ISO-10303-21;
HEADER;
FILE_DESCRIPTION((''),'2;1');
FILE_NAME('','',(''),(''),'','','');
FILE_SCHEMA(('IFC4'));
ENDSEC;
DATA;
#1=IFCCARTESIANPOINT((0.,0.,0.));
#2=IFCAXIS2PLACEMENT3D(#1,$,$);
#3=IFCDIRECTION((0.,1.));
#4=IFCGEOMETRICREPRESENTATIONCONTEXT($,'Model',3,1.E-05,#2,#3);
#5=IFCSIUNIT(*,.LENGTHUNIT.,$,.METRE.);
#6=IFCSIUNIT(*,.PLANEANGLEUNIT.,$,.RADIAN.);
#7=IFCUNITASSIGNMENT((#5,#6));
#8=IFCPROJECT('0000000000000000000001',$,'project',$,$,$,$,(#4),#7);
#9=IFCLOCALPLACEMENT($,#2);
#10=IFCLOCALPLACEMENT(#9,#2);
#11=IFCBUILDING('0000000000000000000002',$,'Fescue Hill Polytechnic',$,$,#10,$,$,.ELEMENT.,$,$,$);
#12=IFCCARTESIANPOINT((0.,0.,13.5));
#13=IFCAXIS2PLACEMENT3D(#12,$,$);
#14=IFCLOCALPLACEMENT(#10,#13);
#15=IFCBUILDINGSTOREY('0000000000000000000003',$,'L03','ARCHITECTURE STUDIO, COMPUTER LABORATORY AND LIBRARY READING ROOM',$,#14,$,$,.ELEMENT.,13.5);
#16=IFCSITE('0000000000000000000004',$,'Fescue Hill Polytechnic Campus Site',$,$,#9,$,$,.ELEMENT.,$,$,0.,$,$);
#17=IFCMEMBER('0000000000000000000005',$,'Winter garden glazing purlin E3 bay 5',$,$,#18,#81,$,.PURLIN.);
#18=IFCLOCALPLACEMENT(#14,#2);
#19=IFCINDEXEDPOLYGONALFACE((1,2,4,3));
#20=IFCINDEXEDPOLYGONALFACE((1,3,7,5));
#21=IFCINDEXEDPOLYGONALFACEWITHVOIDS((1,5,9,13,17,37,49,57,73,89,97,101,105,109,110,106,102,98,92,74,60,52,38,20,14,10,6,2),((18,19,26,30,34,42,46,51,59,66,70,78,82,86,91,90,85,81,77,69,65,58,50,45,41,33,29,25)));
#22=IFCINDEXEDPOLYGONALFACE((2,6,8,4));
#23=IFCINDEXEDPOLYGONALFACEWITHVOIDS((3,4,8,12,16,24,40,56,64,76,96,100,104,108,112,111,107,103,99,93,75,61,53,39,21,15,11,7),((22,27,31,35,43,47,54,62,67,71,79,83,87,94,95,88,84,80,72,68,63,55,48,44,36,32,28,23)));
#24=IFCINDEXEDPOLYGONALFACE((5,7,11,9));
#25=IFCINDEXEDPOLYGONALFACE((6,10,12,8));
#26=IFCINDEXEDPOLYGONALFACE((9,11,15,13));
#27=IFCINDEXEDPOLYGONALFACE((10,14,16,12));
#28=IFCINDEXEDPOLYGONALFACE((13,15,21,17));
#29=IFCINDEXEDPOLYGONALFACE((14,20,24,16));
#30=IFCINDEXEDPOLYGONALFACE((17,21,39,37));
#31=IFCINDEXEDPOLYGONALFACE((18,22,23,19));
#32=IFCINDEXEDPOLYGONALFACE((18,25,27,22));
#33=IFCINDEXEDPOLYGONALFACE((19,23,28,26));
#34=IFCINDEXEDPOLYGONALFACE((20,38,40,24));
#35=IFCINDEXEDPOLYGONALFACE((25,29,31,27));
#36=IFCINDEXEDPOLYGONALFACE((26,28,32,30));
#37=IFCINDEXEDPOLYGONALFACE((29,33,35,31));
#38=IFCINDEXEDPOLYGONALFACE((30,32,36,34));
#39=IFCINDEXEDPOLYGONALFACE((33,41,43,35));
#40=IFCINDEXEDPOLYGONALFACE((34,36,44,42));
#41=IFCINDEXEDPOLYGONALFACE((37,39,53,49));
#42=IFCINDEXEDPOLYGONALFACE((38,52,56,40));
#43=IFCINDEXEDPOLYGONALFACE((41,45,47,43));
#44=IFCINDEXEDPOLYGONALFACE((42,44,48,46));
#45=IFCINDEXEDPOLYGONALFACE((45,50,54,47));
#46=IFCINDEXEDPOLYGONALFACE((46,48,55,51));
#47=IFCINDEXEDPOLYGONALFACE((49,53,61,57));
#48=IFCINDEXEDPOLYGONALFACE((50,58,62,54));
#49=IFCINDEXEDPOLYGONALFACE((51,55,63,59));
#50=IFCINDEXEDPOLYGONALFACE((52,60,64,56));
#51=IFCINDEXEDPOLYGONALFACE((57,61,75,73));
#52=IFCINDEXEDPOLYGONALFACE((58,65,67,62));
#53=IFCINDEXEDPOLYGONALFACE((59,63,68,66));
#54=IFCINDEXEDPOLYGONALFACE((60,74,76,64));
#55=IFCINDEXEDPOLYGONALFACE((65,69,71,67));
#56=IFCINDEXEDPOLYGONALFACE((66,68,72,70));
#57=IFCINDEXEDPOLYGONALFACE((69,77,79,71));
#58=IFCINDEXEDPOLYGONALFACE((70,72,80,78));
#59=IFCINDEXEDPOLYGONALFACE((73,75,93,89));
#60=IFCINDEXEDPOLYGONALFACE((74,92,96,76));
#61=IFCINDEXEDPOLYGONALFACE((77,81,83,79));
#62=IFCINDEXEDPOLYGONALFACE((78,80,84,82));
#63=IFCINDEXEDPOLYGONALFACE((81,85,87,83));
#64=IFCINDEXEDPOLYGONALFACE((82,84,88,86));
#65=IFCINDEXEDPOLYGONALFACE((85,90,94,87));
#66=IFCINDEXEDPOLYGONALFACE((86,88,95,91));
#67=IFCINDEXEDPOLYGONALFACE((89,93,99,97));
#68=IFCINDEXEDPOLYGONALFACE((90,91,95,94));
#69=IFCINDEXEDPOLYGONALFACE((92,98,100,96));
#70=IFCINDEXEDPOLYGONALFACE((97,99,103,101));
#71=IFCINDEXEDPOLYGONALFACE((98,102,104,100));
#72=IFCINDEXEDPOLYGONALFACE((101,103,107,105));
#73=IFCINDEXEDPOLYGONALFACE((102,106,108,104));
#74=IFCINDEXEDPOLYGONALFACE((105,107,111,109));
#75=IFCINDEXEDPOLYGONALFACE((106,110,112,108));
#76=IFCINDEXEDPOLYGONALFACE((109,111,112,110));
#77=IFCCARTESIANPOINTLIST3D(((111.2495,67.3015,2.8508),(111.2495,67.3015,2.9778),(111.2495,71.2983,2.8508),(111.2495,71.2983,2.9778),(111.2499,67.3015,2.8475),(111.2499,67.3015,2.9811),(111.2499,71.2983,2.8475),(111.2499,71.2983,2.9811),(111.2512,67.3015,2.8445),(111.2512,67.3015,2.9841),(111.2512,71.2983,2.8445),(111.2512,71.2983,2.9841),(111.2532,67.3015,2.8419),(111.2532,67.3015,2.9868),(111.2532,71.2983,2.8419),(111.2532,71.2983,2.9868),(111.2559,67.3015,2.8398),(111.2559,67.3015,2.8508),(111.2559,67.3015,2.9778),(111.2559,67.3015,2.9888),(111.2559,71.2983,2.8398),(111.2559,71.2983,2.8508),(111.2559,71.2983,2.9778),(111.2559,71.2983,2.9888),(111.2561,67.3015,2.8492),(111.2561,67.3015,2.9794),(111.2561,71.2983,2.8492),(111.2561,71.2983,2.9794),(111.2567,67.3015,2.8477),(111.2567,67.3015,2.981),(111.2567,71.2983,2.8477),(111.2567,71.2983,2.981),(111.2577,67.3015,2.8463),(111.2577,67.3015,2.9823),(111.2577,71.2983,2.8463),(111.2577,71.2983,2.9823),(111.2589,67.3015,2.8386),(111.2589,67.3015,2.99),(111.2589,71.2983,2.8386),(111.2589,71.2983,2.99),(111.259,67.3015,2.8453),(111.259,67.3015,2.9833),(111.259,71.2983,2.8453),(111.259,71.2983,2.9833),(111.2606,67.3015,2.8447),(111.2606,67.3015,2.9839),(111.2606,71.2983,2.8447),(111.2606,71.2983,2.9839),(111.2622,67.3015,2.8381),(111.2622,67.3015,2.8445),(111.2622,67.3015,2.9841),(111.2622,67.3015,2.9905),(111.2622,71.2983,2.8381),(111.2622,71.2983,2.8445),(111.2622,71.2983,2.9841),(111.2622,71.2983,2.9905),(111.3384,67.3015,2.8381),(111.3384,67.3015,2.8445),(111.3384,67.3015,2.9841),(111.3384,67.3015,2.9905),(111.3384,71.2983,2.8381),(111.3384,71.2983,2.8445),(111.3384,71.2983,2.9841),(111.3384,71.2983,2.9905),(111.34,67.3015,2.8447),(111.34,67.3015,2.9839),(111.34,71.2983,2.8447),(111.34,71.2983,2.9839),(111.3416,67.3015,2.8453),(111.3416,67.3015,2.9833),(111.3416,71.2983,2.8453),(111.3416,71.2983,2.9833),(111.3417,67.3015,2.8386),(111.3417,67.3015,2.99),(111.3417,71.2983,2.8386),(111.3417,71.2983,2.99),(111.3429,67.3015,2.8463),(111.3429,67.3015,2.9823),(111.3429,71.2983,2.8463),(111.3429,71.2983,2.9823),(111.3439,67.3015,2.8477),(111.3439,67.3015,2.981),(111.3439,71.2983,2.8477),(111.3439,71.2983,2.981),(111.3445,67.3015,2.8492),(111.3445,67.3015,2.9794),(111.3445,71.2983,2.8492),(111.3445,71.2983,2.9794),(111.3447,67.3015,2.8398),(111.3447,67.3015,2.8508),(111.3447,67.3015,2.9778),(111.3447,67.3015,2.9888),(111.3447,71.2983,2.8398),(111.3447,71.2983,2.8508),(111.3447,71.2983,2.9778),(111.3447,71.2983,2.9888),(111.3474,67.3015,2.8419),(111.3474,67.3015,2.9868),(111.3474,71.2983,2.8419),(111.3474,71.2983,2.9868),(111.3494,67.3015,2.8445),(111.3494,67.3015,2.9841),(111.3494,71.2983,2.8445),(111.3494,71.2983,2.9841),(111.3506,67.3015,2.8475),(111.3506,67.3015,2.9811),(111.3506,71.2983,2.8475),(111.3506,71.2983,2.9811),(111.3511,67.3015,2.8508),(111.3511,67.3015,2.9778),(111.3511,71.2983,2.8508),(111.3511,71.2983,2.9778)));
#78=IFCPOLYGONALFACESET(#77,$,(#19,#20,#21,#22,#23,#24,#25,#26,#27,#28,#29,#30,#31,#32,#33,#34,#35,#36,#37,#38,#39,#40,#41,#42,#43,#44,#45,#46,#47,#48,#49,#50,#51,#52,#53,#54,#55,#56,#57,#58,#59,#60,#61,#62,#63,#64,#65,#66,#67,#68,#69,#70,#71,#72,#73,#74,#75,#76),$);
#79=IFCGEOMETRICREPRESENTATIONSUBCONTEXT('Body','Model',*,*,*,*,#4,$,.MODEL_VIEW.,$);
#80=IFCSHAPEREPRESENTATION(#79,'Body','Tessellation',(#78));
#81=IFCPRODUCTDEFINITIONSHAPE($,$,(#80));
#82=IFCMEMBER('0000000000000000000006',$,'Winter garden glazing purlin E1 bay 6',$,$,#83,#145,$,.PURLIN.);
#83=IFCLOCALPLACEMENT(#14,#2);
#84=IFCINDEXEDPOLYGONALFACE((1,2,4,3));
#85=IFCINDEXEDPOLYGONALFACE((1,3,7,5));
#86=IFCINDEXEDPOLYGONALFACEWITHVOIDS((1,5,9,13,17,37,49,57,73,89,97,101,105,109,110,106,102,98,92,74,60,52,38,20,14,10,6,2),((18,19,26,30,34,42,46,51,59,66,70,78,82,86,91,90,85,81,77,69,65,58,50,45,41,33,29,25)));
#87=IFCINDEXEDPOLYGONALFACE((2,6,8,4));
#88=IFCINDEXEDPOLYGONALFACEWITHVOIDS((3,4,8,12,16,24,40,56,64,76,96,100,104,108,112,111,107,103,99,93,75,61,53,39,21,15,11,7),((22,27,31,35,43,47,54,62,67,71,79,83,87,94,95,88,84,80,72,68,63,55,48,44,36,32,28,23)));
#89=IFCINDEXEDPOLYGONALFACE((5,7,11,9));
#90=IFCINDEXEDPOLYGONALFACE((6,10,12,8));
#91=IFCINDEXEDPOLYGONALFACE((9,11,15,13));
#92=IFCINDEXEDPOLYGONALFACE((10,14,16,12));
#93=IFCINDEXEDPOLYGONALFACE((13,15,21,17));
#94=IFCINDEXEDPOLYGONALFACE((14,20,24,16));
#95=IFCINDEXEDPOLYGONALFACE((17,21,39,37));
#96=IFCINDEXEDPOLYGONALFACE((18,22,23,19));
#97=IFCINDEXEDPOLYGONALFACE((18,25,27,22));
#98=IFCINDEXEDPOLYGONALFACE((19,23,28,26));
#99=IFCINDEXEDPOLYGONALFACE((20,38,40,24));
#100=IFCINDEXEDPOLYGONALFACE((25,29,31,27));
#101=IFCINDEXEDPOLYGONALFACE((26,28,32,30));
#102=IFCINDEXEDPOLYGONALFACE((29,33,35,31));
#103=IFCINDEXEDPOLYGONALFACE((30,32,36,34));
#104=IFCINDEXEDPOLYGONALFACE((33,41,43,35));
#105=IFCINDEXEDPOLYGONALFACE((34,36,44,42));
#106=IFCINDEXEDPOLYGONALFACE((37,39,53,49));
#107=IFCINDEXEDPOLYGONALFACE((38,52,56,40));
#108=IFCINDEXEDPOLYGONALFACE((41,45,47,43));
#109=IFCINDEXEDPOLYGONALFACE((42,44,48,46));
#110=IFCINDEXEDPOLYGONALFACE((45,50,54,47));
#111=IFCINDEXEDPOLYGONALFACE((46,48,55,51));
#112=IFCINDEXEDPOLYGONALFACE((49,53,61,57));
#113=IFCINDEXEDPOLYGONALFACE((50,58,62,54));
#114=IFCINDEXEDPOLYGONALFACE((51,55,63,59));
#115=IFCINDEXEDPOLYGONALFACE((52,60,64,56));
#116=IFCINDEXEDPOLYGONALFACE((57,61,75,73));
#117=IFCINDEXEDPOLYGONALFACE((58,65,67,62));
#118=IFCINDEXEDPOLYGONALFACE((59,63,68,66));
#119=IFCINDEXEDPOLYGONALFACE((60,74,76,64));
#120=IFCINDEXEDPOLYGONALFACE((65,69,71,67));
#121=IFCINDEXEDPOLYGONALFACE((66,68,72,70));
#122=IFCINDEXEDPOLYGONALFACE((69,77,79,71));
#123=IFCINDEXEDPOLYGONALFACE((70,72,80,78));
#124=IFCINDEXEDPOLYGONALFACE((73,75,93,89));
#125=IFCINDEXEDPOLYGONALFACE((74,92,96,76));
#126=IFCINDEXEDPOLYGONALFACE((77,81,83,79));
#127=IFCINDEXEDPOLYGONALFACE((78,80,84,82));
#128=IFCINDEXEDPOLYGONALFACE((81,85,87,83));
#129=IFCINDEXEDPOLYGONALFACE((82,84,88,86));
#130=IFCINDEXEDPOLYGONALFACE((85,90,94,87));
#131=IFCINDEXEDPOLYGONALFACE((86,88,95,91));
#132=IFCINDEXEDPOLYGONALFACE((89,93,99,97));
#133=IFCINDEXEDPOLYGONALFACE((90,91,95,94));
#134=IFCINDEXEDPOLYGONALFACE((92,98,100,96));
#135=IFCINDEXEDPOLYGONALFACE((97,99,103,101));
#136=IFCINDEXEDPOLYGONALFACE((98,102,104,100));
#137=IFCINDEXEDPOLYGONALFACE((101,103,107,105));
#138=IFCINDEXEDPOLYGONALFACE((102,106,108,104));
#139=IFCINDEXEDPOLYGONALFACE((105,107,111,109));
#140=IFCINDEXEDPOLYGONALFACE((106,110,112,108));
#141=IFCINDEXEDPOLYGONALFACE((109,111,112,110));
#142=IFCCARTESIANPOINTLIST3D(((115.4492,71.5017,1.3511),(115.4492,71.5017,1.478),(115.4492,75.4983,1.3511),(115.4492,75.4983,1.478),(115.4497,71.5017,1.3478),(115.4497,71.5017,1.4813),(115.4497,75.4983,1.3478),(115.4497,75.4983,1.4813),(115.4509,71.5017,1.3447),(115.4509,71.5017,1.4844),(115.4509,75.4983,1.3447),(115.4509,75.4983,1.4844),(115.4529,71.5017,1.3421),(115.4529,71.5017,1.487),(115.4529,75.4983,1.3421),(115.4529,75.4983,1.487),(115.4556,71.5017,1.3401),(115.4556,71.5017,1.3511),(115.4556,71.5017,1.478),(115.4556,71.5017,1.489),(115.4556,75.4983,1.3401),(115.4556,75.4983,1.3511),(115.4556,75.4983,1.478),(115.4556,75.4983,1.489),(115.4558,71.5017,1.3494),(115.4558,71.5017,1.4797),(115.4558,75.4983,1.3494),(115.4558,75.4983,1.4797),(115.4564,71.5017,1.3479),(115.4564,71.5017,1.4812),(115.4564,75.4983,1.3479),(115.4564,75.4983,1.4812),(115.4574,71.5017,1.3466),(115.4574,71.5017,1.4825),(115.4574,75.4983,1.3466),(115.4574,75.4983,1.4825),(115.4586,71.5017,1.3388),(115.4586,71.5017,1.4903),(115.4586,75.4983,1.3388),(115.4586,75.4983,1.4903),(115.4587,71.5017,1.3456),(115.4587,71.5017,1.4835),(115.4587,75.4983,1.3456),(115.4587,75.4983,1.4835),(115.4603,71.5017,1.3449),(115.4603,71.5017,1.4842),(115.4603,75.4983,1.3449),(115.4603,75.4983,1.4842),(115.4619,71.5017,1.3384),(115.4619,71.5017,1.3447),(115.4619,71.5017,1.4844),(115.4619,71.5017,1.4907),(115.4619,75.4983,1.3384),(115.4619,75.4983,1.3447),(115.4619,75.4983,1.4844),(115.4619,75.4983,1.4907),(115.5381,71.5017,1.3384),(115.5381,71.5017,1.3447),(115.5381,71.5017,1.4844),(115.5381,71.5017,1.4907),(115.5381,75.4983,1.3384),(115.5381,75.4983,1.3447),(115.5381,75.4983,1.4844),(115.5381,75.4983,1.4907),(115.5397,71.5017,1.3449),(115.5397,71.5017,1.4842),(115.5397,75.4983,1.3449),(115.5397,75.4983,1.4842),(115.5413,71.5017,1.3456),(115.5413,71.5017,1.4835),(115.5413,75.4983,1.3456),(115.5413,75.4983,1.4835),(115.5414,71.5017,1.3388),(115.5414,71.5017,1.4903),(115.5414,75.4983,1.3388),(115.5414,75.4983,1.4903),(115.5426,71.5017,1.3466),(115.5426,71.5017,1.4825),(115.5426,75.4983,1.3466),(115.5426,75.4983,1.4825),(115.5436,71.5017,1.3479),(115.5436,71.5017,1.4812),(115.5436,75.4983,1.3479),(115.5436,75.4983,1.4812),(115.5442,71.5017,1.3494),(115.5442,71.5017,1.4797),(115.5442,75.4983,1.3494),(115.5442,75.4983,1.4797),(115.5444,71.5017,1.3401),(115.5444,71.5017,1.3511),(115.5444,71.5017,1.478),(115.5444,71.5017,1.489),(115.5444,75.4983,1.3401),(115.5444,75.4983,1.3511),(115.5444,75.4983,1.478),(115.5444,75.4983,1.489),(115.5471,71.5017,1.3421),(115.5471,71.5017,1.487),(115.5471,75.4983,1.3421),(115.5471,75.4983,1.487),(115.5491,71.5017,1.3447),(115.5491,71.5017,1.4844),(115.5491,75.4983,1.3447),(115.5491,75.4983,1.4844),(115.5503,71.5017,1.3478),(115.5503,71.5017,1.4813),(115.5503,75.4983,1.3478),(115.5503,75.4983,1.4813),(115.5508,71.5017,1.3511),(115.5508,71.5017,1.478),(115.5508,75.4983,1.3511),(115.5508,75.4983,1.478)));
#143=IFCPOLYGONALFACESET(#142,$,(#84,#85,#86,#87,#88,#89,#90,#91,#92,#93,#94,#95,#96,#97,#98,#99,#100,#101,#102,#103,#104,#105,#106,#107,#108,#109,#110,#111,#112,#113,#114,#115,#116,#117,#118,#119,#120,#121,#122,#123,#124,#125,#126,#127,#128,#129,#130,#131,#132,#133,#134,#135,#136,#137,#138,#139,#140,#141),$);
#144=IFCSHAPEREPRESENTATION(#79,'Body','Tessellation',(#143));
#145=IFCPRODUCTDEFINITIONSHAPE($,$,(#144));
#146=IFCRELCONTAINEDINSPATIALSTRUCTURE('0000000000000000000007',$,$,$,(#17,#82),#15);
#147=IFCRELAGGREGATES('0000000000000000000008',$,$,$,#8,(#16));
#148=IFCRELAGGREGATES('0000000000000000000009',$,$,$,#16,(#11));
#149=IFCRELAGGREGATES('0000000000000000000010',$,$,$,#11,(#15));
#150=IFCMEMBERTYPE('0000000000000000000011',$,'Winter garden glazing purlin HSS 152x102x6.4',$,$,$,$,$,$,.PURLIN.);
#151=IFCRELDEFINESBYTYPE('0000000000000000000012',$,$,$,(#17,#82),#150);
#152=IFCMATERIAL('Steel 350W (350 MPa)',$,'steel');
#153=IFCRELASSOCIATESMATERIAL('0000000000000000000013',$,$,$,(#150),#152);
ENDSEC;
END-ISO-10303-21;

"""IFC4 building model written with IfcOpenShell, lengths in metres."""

from ifc_helpers import new_model, si_unit, direction, frame, origin, origin_2d, place, context, subcontext, project, spatial, hollow_rectangle, extrude, material, material_profile, profile_set, type_object, element, save


model = new_model("IFC4")

# Units and contexts
model_context = context("Model", 3, precision=1e-05, world=origin(), true_north=direction((0.0, 1.0)))
body_context = subcontext(model_context, "Body", "Model", "MODEL_VIEW")
ifc_project = project(units=[si_unit("LENGTHUNIT", "METRE"), si_unit("PLANEANGLEUNIT", "RADIAN")], contexts=[model_context])

# Site, building, storey
site_placement = place(None, origin())
site = spatial("IfcSite", under=ifc_project, at=site_placement, Name="Fescue Hill Polytechnic Campus Site", CompositionType="ELEMENT", RefElevation=0.0)
building_placement = place(site_placement, origin())
building = spatial("IfcBuilding", under=site, at=building_placement, Name="Fescue Hill Polytechnic", CompositionType="ELEMENT")
storey_placement = place(building_placement, frame((0.0, 0.0, 13.5)))
storey = spatial("IfcBuildingStorey", under=building, at=storey_placement, Name="L03", Description="ARCHITECTURE STUDIO, COMPUTER LABORATORY AND LIBRARY READING ROOM", CompositionType="ELEMENT", Elevation=13.5)

# Members
ifc_material_1 = material(Name="Steel 350W (350 MPa)", Category="steel")
ifc_material_profile_1 = material_profile(ifc_material_1, hollow_rectangle(XDim=0.1016, YDim=0.1523, WallThickness=0.0063, InnerFilletRadius=0.0063, OuterFilletRadius=0.0127, at=origin_2d()), Name="Winter garden glazing purlin HSS 152x102x6.4")
ifc_profile_set_1 = profile_set([ifc_material_profile_1], Name="Steel 350W (350 MPa)")
member_type_1 = type_object("IfcMemberType", Name="Winter garden glazing purlin HSS 152x102x6.4", PredefinedType="PURLIN", material=ifc_profile_set_1)
for number, where, z_axis, x_axis, name in (
    (1, (111.3003, 67.3015, 2.9143), (0.0, 1.0, 0.0), (-1.0, 0.0, 0.0), "Winter garden glazing purlin E3 bay 5"),
):
    element("IfcMember", number, at=place(storey_placement, frame(where, z_axis=z_axis, x_axis=x_axis)), inside=storey, type_object=member_type_1, Name=name, PredefinedType="PURLIN", context=body_context, shape_type="SweptSolid", body=[
        extrude(hollow_rectangle(XDim=0.1016, YDim=0.1523, WallThickness=0.0063, InnerFilletRadius=0.0063, OuterFilletRadius=0.0127, at=origin_2d()), origin(), (0.0, 0.0, 1.0), 3.9968),
    ])
for number, where, z_axis, x_axis, name in (
    (2, (115.5, 71.5017, 1.4146), (0.0, 1.0, 0.0), (-1.0, 0.0, 0.0), "Winter garden glazing purlin E1 bay 6"),
):
    element("IfcMember", number, at=place(storey_placement, frame(where, z_axis=z_axis, x_axis=x_axis)), inside=storey, type_object=member_type_1, Name=name, PredefinedType="PURLIN", context=body_context, shape_type="SweptSolid", body=[
        extrude(hollow_rectangle(XDim=0.1016, YDim=0.1523, WallThickness=0.0063, InnerFilletRadius=0.0063, OuterFilletRadius=0.0127, at=origin_2d()), origin(), (0.0, 0.0, 1.0), 3.9966),
    ])

save(model, "model.ifc")
